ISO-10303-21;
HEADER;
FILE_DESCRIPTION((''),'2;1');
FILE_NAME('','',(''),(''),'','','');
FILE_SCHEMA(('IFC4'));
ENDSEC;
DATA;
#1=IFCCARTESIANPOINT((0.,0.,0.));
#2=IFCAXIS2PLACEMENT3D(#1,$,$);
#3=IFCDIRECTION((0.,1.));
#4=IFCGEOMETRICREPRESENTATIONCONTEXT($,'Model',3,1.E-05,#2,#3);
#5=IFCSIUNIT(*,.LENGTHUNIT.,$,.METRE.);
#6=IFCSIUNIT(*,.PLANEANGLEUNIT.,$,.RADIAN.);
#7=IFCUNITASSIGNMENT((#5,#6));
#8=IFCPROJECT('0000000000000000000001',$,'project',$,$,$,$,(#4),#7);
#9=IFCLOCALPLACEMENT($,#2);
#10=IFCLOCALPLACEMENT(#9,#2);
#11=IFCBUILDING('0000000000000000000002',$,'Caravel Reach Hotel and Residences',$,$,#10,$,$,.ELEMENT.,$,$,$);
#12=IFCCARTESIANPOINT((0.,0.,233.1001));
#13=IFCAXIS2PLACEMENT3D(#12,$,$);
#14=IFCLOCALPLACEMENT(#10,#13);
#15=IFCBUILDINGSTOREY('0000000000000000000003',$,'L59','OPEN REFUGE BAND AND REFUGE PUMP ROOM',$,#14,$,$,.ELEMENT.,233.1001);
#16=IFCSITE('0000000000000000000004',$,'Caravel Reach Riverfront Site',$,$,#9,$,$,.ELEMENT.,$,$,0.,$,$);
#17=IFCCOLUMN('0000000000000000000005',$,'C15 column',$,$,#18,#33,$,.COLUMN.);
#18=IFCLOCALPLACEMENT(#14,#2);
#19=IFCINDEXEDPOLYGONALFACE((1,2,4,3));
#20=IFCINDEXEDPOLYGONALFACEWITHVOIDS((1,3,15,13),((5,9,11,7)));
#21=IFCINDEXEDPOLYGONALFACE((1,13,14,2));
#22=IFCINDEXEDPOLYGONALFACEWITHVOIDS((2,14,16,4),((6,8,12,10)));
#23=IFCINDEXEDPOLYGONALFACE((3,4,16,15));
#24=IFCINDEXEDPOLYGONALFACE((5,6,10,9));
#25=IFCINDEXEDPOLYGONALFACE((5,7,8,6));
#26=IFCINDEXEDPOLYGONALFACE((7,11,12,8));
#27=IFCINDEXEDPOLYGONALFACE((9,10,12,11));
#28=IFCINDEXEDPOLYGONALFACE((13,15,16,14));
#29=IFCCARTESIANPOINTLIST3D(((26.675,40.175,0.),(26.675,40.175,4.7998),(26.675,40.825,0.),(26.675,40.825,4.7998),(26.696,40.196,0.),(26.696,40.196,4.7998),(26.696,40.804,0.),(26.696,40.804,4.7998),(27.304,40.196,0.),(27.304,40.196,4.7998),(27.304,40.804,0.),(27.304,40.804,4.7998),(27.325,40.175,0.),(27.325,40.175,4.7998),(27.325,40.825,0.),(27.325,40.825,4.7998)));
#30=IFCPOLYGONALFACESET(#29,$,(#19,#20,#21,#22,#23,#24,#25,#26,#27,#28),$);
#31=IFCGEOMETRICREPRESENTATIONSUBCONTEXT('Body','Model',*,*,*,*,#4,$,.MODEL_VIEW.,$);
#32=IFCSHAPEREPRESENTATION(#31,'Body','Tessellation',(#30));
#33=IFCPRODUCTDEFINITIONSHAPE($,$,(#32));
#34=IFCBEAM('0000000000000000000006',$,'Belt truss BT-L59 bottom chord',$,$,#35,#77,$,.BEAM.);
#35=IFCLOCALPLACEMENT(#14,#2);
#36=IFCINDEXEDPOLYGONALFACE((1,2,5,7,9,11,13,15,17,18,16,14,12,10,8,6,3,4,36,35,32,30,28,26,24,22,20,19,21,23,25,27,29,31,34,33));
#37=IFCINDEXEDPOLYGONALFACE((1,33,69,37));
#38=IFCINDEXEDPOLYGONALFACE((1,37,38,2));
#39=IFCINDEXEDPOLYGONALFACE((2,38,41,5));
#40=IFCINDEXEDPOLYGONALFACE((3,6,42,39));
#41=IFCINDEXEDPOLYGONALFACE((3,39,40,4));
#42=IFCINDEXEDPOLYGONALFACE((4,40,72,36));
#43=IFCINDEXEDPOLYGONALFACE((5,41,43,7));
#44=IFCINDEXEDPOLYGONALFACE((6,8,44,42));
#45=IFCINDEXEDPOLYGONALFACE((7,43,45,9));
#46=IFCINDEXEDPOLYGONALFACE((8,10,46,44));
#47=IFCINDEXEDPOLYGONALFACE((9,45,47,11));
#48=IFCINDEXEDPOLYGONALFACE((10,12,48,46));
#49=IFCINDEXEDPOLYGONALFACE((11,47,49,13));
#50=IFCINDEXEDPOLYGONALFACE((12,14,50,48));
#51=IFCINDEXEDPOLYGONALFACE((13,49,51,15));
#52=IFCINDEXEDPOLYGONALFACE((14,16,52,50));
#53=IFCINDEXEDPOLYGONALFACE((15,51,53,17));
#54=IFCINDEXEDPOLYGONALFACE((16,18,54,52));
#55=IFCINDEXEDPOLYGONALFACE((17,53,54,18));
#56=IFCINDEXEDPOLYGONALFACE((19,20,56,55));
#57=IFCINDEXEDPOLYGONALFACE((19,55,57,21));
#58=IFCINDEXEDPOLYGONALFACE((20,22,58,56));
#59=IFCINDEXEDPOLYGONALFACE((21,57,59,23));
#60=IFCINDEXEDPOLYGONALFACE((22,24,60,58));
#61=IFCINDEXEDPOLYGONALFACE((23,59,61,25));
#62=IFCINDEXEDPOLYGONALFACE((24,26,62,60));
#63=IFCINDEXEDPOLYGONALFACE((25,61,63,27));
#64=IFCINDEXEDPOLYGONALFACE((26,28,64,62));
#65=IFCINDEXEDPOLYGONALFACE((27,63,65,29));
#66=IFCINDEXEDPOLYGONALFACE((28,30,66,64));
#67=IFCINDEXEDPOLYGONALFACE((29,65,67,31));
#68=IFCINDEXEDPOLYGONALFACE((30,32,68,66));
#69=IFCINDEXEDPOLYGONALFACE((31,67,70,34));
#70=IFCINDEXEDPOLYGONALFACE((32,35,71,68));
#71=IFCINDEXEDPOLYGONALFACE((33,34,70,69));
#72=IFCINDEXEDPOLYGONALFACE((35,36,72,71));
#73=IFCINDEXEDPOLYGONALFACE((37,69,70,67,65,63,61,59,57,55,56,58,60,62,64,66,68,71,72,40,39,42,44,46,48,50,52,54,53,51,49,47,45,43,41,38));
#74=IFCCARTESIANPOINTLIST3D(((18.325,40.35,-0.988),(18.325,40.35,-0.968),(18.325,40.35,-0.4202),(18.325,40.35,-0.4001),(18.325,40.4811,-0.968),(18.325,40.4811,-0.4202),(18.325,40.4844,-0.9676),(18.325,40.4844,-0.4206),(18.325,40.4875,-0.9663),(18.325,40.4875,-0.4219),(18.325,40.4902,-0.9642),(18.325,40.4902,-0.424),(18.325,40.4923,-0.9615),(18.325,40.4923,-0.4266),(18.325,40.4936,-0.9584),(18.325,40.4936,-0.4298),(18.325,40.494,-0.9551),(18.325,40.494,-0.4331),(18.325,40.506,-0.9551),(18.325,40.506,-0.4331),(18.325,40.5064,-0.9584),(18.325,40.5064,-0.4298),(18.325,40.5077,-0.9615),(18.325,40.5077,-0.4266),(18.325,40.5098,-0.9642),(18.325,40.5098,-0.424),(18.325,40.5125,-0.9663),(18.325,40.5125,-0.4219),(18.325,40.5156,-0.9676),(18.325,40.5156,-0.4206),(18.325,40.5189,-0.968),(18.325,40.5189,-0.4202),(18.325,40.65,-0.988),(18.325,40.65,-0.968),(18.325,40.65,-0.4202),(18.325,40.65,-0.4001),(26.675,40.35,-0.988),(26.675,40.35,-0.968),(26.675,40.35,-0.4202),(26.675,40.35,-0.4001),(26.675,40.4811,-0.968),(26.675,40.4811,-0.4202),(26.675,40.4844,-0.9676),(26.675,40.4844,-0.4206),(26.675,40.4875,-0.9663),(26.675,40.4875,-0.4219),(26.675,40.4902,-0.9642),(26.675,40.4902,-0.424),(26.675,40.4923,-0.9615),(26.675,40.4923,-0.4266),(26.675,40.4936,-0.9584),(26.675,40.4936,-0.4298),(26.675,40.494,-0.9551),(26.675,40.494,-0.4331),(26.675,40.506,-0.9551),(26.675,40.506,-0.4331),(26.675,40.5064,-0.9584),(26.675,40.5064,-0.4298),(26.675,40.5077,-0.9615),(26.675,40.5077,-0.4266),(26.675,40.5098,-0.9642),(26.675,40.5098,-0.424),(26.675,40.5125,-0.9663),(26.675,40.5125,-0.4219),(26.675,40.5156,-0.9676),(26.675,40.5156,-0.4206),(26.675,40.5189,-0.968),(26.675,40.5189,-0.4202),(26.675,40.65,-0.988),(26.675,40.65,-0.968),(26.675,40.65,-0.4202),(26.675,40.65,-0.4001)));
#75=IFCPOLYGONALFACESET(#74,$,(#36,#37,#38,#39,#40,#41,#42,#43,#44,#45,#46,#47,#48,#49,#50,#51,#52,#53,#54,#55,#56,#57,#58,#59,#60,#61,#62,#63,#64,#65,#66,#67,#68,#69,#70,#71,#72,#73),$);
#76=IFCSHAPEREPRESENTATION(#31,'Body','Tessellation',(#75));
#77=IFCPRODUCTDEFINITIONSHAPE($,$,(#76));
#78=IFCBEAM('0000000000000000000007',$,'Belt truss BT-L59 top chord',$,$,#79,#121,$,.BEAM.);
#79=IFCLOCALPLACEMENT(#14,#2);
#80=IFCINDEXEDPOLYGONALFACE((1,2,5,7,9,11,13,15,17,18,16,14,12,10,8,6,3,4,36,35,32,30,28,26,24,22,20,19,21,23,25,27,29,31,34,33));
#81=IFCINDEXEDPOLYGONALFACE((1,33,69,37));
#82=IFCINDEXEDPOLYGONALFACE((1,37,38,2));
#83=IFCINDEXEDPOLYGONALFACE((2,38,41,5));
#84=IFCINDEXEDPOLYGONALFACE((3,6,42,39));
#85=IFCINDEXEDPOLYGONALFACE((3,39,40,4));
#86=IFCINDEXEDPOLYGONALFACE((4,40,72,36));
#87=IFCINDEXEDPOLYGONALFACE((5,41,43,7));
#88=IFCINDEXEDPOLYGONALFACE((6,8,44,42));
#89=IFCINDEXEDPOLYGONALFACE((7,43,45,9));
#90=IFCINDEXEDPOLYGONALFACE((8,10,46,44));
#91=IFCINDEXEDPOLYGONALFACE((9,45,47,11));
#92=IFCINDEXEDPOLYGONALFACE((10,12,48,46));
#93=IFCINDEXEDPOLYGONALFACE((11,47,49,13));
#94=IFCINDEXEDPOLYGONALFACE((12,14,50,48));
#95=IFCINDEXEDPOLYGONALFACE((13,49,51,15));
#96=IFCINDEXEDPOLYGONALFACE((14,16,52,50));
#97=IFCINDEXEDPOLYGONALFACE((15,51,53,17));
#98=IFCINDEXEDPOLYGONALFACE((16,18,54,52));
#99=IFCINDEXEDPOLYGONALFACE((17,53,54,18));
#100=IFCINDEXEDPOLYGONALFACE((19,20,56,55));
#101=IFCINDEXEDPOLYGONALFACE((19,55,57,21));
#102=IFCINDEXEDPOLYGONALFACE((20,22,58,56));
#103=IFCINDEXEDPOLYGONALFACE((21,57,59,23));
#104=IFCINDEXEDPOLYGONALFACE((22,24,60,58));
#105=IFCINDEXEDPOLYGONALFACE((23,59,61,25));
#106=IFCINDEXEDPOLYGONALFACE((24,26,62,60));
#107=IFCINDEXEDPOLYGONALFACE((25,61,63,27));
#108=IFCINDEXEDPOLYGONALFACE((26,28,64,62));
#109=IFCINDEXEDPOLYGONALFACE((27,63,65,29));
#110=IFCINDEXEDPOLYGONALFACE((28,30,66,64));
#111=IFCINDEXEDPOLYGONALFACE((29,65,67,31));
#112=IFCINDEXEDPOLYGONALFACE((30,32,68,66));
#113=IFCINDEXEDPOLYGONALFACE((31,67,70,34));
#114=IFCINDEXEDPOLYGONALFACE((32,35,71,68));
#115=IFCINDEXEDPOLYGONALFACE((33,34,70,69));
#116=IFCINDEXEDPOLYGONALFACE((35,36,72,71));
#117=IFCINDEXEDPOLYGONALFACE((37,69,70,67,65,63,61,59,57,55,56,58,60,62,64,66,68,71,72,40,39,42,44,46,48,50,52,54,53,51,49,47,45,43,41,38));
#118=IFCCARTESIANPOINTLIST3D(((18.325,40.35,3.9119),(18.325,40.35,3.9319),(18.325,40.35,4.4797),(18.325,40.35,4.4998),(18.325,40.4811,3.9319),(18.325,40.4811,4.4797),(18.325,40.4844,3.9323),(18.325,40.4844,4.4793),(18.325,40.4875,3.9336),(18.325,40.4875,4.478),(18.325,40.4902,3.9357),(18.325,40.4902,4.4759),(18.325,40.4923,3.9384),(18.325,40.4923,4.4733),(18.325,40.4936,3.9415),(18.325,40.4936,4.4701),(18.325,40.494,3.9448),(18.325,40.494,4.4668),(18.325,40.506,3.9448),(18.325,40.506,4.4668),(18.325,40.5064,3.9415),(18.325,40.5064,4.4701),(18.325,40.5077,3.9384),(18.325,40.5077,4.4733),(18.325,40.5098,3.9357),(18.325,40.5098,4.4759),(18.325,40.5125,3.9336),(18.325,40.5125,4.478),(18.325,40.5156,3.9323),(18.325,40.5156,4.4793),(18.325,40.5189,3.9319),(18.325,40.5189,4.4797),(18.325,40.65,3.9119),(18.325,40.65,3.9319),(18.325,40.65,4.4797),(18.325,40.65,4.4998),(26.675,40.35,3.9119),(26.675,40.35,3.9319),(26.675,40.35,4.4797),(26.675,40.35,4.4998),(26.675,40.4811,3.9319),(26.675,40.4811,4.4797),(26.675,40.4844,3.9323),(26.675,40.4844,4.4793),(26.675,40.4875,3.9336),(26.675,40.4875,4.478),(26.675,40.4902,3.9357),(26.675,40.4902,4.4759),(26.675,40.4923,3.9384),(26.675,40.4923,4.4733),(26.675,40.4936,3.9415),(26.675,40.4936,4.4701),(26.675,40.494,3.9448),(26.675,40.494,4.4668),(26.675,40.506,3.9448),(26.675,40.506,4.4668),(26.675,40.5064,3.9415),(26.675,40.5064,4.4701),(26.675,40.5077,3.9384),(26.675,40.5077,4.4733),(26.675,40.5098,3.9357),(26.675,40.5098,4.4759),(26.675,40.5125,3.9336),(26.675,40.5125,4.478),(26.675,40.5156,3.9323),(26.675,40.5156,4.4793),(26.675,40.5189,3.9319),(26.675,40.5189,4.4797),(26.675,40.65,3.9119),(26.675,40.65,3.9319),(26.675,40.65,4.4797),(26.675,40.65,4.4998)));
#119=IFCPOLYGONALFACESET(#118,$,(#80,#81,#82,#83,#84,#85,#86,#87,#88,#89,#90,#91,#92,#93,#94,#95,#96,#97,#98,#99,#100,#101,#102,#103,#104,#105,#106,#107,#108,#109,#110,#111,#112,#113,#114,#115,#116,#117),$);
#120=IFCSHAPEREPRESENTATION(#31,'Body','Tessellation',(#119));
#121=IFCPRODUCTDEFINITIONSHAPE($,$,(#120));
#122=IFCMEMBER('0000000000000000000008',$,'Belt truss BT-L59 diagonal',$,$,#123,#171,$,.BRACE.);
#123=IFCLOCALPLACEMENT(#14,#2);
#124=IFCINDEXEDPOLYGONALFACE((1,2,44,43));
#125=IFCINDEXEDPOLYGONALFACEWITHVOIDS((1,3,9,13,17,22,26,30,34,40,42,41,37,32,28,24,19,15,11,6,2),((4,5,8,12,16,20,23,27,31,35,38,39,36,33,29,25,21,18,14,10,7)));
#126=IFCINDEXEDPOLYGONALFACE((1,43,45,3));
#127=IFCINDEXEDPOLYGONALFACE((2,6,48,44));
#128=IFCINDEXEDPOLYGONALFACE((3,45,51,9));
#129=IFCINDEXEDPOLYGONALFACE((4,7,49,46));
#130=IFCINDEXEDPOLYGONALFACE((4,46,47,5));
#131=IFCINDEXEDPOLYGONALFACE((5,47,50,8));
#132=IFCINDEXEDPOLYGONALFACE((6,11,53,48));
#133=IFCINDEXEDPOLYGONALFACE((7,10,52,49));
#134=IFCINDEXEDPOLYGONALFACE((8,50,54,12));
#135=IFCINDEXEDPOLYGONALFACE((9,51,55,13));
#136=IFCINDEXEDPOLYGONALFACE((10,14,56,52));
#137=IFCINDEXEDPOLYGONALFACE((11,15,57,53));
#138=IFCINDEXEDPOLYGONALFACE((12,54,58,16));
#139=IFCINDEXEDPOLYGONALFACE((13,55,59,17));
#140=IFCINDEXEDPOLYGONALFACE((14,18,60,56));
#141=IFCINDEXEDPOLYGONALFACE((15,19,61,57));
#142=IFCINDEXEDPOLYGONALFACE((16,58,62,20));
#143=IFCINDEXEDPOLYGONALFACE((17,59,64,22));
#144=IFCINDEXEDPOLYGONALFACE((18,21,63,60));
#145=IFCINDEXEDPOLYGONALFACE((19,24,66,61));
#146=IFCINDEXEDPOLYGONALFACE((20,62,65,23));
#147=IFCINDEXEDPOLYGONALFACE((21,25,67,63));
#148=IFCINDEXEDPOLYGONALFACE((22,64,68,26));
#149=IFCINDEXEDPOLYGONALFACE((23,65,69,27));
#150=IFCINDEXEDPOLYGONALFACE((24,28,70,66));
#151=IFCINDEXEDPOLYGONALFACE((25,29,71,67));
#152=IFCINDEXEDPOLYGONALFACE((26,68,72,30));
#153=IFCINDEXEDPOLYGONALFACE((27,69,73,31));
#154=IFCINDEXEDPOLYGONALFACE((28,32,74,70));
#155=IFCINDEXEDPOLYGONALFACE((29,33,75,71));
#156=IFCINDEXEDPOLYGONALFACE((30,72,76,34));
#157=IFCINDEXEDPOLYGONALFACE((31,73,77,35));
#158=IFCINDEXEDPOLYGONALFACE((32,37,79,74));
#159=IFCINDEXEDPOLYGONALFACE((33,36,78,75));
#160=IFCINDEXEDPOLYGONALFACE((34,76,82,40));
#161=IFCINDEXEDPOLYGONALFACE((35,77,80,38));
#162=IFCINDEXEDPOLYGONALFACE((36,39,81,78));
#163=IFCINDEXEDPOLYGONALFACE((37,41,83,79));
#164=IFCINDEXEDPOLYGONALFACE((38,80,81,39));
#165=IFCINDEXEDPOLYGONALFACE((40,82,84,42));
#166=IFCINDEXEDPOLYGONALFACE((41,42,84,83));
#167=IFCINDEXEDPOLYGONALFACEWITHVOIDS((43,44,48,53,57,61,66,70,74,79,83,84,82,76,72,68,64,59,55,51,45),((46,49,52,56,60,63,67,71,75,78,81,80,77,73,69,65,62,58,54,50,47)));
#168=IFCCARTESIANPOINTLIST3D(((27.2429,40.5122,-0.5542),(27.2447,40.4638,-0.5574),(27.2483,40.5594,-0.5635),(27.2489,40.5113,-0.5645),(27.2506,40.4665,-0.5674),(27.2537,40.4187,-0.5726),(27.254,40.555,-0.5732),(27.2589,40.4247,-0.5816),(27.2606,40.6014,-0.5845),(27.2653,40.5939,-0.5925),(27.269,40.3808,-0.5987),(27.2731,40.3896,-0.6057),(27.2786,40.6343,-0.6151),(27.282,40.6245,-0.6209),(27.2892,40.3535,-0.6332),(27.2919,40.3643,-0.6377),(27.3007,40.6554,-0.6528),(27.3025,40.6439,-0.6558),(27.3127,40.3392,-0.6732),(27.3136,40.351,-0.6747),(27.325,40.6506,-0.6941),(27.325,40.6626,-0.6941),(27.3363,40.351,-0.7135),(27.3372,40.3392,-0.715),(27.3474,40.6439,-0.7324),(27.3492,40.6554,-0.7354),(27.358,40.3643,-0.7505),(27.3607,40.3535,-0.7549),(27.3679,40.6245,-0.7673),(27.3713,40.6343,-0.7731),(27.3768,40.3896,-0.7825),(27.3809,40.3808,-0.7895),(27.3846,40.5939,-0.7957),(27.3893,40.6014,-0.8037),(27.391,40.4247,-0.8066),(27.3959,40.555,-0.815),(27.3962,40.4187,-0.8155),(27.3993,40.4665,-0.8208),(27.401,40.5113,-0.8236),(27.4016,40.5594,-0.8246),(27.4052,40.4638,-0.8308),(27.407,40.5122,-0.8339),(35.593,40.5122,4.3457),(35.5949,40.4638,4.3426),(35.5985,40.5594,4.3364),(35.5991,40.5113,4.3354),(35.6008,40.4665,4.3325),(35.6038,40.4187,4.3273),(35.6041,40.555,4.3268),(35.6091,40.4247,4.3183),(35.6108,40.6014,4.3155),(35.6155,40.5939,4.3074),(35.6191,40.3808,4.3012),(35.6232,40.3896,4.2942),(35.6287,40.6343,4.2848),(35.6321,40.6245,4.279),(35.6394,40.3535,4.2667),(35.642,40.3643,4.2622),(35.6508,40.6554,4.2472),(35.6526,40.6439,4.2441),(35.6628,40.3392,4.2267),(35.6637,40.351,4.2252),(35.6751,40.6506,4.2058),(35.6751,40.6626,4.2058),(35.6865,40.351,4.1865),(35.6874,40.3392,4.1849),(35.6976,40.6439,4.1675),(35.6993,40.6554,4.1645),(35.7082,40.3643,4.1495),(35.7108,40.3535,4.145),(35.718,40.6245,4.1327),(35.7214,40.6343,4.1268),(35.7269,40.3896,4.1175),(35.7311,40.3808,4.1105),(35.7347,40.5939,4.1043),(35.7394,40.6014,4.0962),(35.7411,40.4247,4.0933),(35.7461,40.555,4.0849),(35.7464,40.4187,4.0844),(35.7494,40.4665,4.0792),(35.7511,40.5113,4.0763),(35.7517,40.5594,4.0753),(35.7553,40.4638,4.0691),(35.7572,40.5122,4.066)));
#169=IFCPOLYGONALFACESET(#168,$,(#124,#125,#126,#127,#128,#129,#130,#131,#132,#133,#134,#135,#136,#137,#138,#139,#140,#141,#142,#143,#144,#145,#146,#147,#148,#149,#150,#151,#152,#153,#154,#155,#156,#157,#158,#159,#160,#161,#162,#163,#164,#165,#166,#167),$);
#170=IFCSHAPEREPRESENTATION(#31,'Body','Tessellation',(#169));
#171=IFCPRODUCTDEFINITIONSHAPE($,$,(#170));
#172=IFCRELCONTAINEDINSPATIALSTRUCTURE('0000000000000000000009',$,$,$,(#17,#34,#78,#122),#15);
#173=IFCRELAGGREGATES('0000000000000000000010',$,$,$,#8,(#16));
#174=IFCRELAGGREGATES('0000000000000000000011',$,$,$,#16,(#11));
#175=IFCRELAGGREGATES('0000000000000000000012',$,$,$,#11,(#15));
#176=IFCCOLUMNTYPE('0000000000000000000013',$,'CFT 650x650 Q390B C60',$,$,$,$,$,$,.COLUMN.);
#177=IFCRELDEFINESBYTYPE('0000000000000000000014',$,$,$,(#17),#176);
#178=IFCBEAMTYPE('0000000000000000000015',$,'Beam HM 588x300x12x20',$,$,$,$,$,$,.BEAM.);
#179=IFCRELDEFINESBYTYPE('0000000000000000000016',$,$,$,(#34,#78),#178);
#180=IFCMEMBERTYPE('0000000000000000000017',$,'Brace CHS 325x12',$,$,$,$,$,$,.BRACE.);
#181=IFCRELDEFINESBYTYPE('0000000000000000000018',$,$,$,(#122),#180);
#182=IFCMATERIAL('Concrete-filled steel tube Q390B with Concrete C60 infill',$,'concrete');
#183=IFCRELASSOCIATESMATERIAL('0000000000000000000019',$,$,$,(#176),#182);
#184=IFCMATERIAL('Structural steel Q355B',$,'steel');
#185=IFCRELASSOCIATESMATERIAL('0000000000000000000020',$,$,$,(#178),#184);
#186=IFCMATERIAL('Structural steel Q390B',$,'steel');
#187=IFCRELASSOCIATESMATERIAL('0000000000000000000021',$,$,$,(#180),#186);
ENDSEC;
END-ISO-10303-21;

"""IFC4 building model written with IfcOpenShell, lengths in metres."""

from ifc_helpers import new_model, si_unit, direction, frame, origin, origin_2d, place, context, subcontext, project, spatial, hollow_rectangle, hollow_circle, i_section, extrude, material, material_profile, profile_set, type_object, element, save


model = new_model("IFC4")

# Units and contexts
model_context = context("Model", 3, precision=1e-05, world=origin(), true_north=direction((0.0, 1.0)))
body_context = subcontext(model_context, "Body", "Model", "MODEL_VIEW")
ifc_project = project(units=[si_unit("LENGTHUNIT", "METRE"), si_unit("PLANEANGLEUNIT", "RADIAN")], contexts=[model_context])

# Site, building, storey
site_placement = place(None, origin())
site = spatial("IfcSite", under=ifc_project, at=site_placement, Name="Caravel Reach Riverfront Site", CompositionType="ELEMENT", RefElevation=0.0)
building_placement = place(site_placement, origin())
building = spatial("IfcBuilding", under=site, at=building_placement, Name="Caravel Reach Hotel and Residences", CompositionType="ELEMENT")
storey_placement = place(building_placement, frame((0.0, 0.0, 233.1001)))
storey = spatial("IfcBuildingStorey", under=building, at=storey_placement, Name="L59", Description="OPEN REFUGE BAND AND REFUGE PUMP ROOM", CompositionType="ELEMENT", Elevation=233.1001)

# Column
ifc_material_1 = material(Name="Concrete-filled steel tube Q390B with Concrete C60 infill", Category="concrete")
ifc_material_profile_1 = material_profile(ifc_material_1, hollow_rectangle(XDim=0.6499, YDim=0.6499, WallThickness=0.021, at=origin_2d()), Name="RHS 650x650x21")
ifc_profile_set_1 = profile_set([ifc_material_profile_1], Name="Concrete-filled steel tube Q390B with Concrete C60 infill")
column_type = type_object("IfcColumnType", Name="CFT 650x650 Q390B C60", PredefinedType="COLUMN", material=ifc_profile_set_1)
column_placement = place(storey_placement, frame((27.0, 40.5, 0.0), z_axis=(0.0, 0.0, 1.0), x_axis=(1.0, 0.0, 0.0)))
element("IfcColumn", 1, at=column_placement, inside=storey, type_object=column_type, Name="C15 column", PredefinedType="COLUMN", context=body_context, shape_type="SweptSolid", body=[
    extrude(hollow_rectangle(XDim=0.6499, YDim=0.6499, WallThickness=0.021, at=origin_2d()), origin(), (0.0, 0.0, 1.0), 4.7998),
])

# Beams
ifc_material_2 = material(Name="Structural steel Q355B", Category="steel")
ifc_material_profile_2 = material_profile(ifc_material_2, i_section(OverallWidth=0.3, OverallDepth=0.5879, WebThickness=0.012, FlangeThickness=0.02, FilletRadius=0.0129, at=origin_2d()), Name="HM 588x300x12x20")
ifc_profile_set_2 = profile_set([ifc_material_profile_2], Name="Structural steel Q355B")
beam_type = type_object("IfcBeamType", Name="Beam HM 588x300x12x20", PredefinedType="BEAM", material=ifc_profile_set_2)
for number, where, z_axis, x_axis, name in (
    (2, (26.675, 40.5, -0.6941), (-1.0, 0.0, 0.0), (0.0, -1.0, 0.0), "Belt truss BT-L59 bottom chord"),
    (3, (26.675, 40.5, 4.2058), (-1.0, 0.0, 0.0), (0.0, -1.0, 0.0), "Belt truss BT-L59 top chord"),
):
    element("IfcBeam", number, at=place(storey_placement, frame(where, z_axis=z_axis, x_axis=x_axis)), inside=storey, type_object=beam_type, Name=name, PredefinedType="BEAM", context=body_context, shape_type="SweptSolid", body=[
        extrude(i_section(OverallWidth=0.3, OverallDepth=0.5879, WebThickness=0.012, FlangeThickness=0.02, FilletRadius=0.0129, at=origin_2d()), origin(), (0.0, 0.0, 1.0), 8.3501),
    ])

# Member
ifc_material_3 = material(Name="Structural steel Q390B", Category="steel")
ifc_material_profile_3 = material_profile(ifc_material_3, hollow_circle(Radius=0.1626, WallThickness=0.012, at=origin_2d()), Name="CHS 325x12")
ifc_profile_set_3 = profile_set([ifc_material_profile_3], Name="Structural steel Q390B")
member_type = type_object("IfcMemberType", Name="Brace CHS 325x12", PredefinedType="BRACE", material=ifc_profile_set_3)
for number, where, z_axis, x_axis, name in (
    (4, (27.325, 40.5, -0.6941), (0.862472, 0.0, 0.506105), (0.0, 1.0, 0.0), "Belt truss BT-L59 diagonal"),
):
    element("IfcMember", number, at=place(storey_placement, frame(where, z_axis=z_axis, x_axis=x_axis)), inside=storey, type_object=member_type, Name=name, PredefinedType="BRACE", context=body_context, shape_type="SweptSolid", body=[
        extrude(hollow_circle(Radius=0.1626, WallThickness=0.012, at=origin_2d()), origin(), (0.0, 0.0, 1.0), 9.6816),
    ])

save(model, "model.ifc")
